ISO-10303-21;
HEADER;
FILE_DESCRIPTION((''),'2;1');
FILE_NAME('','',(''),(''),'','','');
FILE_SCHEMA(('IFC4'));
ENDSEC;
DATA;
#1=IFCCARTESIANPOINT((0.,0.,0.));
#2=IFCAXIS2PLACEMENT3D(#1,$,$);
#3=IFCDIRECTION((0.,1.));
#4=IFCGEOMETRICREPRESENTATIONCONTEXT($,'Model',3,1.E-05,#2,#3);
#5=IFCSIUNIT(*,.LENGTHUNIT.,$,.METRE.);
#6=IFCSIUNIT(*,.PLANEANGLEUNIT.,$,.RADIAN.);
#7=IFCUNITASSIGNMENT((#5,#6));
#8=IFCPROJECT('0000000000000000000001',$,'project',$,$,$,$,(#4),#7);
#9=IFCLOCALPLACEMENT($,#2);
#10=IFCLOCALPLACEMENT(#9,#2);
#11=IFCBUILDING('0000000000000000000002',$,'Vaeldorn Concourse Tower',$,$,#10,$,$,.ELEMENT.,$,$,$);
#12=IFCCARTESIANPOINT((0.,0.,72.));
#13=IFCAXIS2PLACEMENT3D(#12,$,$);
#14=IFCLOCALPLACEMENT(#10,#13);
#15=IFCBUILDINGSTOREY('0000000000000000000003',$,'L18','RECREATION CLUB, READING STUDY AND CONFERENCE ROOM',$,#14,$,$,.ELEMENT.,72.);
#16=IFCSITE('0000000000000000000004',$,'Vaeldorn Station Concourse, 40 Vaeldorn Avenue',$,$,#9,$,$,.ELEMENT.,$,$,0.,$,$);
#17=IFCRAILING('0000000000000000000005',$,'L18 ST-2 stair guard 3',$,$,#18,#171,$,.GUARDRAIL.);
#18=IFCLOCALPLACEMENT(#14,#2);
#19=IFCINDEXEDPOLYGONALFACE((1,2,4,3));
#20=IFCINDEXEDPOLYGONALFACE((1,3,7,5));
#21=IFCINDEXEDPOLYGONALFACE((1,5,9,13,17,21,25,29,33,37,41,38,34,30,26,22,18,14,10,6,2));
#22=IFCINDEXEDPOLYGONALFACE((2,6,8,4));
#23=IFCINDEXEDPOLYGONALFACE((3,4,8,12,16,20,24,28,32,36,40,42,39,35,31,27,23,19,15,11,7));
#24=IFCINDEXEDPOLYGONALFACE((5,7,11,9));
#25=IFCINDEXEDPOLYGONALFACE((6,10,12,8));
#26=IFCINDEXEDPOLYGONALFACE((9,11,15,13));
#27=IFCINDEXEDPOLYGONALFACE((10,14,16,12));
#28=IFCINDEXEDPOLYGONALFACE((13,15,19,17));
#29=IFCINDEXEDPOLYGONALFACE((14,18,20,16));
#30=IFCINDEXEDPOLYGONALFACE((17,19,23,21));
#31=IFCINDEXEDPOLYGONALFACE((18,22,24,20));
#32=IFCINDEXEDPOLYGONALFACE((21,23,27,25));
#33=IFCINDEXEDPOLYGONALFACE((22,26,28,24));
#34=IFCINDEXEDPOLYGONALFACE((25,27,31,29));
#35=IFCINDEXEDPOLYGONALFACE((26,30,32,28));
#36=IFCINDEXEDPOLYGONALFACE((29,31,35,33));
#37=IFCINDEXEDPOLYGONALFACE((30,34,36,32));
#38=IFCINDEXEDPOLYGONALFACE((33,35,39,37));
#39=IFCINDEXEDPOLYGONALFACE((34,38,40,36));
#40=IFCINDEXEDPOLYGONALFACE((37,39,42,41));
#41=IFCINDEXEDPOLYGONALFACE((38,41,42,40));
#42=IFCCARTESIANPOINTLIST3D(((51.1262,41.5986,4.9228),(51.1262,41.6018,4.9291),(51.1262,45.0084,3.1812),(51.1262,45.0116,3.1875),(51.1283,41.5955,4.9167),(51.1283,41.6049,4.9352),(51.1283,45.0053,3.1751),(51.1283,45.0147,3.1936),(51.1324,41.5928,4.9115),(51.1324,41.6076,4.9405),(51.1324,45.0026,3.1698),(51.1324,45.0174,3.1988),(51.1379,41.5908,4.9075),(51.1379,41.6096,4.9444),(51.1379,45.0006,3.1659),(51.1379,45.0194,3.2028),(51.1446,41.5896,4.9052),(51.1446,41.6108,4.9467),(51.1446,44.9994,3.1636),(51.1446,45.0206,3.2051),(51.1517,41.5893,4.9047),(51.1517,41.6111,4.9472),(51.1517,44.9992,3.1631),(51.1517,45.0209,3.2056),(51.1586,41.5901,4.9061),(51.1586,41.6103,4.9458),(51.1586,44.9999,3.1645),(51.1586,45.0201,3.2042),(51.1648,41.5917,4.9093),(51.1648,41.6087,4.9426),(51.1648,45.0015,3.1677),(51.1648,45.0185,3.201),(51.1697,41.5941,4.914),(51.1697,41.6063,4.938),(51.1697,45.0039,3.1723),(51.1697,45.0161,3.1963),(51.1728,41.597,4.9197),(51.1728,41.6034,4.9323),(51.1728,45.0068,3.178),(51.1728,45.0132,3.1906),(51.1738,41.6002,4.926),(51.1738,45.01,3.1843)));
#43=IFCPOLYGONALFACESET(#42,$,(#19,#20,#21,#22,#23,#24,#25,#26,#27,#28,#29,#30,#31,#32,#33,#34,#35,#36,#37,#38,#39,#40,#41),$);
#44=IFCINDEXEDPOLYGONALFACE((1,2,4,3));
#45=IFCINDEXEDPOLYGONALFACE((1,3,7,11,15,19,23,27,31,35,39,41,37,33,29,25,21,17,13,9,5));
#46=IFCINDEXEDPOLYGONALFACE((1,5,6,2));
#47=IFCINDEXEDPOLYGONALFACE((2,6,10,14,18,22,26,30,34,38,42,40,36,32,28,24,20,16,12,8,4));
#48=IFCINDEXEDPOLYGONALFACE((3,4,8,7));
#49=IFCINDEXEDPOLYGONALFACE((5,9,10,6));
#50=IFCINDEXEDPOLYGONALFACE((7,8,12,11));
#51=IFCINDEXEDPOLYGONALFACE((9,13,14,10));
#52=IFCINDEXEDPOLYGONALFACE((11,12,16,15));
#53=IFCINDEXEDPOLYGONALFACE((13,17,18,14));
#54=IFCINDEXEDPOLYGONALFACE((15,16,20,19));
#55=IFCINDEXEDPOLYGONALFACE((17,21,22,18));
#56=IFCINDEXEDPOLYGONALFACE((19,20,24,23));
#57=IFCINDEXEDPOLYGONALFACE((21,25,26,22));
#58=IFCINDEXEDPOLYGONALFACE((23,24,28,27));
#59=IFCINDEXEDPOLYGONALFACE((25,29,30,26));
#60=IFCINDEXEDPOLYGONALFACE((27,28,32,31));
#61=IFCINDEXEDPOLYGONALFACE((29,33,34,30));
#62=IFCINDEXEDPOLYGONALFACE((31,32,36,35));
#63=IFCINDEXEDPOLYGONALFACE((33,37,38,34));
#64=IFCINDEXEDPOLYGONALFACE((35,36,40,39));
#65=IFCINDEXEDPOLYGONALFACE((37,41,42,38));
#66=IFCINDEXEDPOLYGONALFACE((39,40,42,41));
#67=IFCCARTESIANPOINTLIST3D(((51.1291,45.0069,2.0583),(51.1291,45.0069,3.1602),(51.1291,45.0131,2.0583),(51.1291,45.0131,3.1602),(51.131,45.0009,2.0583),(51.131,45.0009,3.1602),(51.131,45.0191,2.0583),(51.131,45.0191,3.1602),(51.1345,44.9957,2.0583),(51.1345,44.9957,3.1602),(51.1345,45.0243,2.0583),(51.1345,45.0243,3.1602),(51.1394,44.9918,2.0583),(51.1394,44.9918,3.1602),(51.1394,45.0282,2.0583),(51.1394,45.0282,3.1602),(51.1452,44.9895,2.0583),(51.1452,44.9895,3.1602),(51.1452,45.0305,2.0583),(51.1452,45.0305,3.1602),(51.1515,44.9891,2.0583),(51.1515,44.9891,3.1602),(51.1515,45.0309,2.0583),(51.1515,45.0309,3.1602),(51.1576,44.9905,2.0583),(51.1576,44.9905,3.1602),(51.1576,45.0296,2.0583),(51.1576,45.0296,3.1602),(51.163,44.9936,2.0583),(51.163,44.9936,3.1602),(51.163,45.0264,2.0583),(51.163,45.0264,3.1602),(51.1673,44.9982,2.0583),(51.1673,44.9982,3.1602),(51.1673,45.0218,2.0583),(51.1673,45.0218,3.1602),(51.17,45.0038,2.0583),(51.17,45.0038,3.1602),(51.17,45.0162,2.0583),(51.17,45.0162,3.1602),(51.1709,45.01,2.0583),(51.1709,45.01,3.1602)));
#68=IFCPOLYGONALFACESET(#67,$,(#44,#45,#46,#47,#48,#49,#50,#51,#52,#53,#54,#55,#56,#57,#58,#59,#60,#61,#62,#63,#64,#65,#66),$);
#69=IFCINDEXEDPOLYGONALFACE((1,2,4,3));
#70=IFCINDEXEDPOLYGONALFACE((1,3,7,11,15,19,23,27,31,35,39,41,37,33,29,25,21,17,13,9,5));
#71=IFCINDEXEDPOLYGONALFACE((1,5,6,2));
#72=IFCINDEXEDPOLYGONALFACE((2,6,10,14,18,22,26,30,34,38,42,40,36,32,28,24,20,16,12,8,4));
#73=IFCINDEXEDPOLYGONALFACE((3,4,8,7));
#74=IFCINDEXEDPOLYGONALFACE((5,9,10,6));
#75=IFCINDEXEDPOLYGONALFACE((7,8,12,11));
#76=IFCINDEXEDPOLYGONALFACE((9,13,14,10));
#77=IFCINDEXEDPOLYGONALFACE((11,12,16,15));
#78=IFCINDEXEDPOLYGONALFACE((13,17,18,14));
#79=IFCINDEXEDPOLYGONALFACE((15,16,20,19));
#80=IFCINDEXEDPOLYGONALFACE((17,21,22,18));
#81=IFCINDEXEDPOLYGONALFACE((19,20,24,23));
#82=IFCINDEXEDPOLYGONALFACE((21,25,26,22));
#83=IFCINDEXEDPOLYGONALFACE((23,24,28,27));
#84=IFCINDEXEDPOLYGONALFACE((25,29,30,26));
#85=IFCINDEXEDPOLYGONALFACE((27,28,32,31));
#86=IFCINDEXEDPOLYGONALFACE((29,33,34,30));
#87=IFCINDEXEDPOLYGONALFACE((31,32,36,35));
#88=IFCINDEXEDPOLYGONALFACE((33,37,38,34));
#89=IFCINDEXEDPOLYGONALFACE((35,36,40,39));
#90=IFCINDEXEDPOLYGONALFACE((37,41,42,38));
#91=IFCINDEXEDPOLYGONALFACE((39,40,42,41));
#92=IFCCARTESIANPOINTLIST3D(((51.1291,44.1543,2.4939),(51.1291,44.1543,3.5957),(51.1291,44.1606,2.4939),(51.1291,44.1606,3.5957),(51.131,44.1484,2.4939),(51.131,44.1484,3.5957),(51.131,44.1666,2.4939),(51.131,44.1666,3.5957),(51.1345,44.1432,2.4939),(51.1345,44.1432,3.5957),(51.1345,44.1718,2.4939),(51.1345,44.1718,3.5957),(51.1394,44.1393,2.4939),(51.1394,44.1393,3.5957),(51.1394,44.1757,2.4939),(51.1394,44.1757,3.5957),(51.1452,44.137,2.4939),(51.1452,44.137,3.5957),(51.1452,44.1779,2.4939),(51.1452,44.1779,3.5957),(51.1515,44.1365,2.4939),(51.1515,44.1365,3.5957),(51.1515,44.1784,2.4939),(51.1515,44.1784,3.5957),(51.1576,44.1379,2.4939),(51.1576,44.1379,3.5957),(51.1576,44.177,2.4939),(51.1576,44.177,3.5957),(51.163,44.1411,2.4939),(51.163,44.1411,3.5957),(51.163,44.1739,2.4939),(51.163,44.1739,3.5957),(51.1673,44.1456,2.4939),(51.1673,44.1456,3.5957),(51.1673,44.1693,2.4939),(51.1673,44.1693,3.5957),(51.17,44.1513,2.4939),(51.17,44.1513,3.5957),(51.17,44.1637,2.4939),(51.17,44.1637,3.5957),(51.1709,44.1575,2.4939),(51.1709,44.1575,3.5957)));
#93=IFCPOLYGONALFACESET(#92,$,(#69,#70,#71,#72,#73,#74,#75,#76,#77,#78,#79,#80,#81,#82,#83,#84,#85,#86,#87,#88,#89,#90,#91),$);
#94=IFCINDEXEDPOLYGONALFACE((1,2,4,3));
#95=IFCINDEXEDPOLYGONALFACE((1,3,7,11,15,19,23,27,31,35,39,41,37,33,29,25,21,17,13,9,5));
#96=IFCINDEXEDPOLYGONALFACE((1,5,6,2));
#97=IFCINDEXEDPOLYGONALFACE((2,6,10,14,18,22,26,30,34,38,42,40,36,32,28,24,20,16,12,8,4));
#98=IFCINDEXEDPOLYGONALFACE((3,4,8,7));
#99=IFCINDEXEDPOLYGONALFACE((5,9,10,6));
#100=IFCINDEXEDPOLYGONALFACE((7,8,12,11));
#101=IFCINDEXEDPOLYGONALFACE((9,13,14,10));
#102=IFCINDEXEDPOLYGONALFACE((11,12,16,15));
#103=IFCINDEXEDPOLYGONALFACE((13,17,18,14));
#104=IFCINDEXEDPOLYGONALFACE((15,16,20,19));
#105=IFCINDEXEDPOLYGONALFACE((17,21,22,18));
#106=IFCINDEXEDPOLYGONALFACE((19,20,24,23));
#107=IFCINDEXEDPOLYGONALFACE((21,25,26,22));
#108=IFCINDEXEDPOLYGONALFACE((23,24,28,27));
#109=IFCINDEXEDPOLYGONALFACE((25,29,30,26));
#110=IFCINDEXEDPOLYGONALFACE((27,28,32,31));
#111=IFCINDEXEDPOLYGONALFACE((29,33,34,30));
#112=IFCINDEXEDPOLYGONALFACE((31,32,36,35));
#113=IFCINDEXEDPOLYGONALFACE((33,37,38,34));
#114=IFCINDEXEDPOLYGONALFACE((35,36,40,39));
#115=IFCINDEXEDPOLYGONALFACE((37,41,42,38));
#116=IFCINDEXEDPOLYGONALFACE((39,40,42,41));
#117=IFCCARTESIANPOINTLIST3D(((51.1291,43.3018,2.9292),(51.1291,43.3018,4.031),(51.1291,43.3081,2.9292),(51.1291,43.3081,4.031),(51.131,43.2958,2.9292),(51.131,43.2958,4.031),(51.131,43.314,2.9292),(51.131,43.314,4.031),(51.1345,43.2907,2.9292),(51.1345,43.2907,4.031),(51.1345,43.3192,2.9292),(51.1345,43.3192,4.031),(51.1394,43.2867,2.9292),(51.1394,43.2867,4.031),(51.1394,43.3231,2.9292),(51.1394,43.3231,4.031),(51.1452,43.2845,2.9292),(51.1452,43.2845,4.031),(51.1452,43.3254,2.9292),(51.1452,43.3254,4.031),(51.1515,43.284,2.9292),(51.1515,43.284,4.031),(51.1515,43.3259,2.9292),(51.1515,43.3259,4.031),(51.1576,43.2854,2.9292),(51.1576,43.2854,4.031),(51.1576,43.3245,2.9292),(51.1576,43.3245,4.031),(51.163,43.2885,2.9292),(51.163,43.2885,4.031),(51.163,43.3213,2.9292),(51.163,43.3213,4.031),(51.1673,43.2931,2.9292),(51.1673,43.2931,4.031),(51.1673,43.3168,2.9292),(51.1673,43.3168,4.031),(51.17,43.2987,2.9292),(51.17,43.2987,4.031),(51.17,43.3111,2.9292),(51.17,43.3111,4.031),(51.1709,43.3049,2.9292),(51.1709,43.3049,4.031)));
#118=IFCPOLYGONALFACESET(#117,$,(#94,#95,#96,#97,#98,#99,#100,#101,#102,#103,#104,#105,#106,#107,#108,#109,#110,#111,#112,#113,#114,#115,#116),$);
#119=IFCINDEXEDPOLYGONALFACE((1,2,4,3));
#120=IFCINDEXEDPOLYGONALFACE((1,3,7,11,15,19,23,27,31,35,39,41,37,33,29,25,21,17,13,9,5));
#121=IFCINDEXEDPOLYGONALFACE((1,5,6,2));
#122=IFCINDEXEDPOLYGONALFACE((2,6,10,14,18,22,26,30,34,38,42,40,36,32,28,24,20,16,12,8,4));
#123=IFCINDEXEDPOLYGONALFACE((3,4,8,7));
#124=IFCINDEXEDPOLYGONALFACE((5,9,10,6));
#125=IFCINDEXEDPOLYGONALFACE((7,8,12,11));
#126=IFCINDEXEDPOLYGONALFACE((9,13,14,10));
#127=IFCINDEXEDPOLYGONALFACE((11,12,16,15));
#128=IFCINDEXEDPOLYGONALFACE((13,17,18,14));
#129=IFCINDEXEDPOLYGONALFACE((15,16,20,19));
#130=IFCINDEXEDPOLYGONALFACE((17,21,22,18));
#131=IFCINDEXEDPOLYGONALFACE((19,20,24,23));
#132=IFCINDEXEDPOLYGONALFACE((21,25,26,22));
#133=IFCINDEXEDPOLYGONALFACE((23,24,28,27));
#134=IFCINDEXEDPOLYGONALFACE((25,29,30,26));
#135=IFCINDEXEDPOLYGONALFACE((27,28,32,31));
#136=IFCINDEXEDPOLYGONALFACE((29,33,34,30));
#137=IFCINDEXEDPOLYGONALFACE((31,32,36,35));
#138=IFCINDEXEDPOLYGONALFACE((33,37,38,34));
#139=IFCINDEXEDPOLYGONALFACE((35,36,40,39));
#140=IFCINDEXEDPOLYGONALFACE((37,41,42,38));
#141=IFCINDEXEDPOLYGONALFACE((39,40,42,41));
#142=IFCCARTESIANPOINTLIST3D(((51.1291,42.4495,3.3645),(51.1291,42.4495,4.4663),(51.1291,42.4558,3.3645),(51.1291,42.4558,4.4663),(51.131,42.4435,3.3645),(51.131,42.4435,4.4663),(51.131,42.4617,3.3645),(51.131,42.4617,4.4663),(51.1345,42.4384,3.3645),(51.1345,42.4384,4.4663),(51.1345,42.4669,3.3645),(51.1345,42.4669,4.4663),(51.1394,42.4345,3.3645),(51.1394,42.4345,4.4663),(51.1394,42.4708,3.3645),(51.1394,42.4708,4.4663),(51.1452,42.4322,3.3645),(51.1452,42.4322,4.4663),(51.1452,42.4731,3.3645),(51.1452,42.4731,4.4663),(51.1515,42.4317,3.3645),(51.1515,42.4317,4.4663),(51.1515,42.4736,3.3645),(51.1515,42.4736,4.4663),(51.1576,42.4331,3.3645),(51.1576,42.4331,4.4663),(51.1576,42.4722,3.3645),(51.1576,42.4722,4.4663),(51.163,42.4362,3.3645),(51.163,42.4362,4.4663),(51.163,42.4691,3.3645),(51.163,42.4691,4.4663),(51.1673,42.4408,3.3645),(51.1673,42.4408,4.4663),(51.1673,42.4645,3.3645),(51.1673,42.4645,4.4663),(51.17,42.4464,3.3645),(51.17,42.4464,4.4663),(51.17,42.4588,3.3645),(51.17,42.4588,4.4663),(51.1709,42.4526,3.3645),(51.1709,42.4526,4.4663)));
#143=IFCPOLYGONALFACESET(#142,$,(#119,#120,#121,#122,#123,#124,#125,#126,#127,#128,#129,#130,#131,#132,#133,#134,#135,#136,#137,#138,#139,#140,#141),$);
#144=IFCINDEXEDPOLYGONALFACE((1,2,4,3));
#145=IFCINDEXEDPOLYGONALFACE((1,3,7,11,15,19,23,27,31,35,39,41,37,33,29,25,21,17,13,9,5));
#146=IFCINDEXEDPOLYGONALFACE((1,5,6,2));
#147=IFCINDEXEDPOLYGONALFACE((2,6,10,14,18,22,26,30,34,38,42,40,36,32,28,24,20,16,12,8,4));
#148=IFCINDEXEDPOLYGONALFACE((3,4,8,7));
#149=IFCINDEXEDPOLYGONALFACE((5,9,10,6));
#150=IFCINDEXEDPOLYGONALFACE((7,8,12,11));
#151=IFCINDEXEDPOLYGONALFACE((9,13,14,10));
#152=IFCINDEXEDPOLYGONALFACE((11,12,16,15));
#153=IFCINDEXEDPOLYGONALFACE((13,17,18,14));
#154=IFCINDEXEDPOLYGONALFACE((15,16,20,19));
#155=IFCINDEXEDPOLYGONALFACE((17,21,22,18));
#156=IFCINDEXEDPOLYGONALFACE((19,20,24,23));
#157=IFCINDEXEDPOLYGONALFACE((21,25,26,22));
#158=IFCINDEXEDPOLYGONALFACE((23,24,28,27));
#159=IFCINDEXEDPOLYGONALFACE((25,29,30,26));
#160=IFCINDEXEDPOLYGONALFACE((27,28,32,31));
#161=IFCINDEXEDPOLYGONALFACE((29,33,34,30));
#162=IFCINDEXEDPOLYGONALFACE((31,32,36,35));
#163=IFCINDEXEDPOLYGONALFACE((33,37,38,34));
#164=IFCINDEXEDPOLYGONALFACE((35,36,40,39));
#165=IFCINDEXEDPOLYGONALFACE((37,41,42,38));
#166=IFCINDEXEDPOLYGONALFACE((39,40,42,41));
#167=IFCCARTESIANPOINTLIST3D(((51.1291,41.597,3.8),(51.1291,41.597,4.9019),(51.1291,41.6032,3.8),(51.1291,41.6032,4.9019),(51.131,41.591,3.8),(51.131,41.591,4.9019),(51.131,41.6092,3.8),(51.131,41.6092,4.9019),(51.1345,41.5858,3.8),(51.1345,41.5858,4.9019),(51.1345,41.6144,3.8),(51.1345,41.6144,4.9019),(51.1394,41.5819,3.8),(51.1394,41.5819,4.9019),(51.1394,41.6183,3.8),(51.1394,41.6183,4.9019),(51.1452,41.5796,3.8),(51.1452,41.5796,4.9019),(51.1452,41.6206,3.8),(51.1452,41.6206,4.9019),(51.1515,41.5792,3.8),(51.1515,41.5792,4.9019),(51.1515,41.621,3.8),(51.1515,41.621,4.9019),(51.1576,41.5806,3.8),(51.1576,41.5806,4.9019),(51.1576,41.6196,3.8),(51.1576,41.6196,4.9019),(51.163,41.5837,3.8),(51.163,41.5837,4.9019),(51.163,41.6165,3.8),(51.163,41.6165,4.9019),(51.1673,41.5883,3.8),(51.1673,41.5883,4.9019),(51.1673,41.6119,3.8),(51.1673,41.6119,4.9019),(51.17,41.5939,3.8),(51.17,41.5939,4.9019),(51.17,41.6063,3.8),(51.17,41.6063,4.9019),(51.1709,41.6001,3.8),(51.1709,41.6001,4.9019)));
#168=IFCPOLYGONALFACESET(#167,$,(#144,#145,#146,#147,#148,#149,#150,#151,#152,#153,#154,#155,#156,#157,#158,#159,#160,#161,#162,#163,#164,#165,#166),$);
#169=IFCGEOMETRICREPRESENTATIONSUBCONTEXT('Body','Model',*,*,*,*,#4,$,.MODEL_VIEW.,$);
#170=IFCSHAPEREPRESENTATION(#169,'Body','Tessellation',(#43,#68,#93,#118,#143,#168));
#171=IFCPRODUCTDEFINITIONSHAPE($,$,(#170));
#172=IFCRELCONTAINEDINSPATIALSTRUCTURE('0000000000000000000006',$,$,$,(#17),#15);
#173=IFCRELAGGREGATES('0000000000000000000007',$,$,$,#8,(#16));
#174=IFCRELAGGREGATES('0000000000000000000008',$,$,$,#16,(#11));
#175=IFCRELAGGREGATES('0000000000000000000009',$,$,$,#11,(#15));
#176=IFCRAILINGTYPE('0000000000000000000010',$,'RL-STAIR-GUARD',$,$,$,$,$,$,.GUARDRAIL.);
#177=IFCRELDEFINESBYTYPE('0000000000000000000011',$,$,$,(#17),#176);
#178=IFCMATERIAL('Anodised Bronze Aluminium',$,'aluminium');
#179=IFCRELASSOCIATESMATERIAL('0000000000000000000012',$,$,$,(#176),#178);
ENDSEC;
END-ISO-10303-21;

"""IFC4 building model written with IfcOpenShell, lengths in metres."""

from ifc_helpers import new_model, si_unit, direction, frame, origin, origin_2d, place, context, subcontext, project, spatial, circle, extrude, material, type_object, element, save


model = new_model("IFC4")

# Units and contexts
model_context = context("Model", 3, precision=1e-05, world=origin(), true_north=direction((0.0, 1.0)))
body_context = subcontext(model_context, "Body", "Model", "MODEL_VIEW")
ifc_project = project(units=[si_unit("LENGTHUNIT", "METRE"), si_unit("PLANEANGLEUNIT", "RADIAN")], contexts=[model_context])

# Site, building, storey
site_placement = place(None, origin())
site = spatial("IfcSite", under=ifc_project, at=site_placement, Name="Vaeldorn Station Concourse, 40 Vaeldorn Avenue", CompositionType="ELEMENT", RefElevation=0.0)
building_placement = place(site_placement, origin())
building = spatial("IfcBuilding", under=site, at=building_placement, Name="Vaeldorn Concourse Tower", CompositionType="ELEMENT")
storey_placement = place(building_placement, frame((0.0, 0.0, 72.0)))
storey = spatial("IfcBuildingStorey", under=building, at=storey_placement, Name="L18", Description="RECREATION CLUB, READING STUDY AND CONFERENCE ROOM", CompositionType="ELEMENT", Elevation=72.0)

# Shared definitions
ifc_material_1 = material(Name="Anodised Bronze Aluminium", Category="aluminium")

# Railing
railing_type_1 = type_object("IfcRailingType", Name="RL-STAIR-GUARD", PredefinedType="GUARDRAIL", material=ifc_material_1)
railing_1_placement = place(storey_placement, frame((51.1499, 45.01, 2.0583)))
element("IfcRailing", 1, at=railing_1_placement, inside=storey, type_object=railing_type_1, Name="L18 ST-2 stair guard 3", PredefinedType="GUARDRAIL", context=body_context, shape_type="SweptSolid", body=[
    extrude(circle(Radius=0.0239, at=origin_2d()), frame((0.0, 0.0, 1.126), z_axis=(0.0, -0.890556, 0.454874), x_axis=(1.0, 0.0, 0.0)), (0.0, 0.0, 1.0), 3.8289),
    extrude(circle(Radius=0.021, at=origin_2d()), origin(), (0.0, 0.0, 1.0), 1.1018),
    extrude(circle(Radius=0.021, at=origin_2d()), frame((0.0, -0.8525, 0.4355)), (0.0, 0.0, 1.0), 1.1018),
    extrude(circle(Radius=0.021, at=origin_2d()), frame((0.0, -1.7051, 0.8708)), (0.0, 0.0, 1.0), 1.1018),
    extrude(circle(Radius=0.021, at=origin_2d()), frame((0.0, -2.5574, 1.3062)), (0.0, 0.0, 1.0), 1.1018),
    extrude(circle(Radius=0.021, at=origin_2d()), frame((0.0, -3.4099, 1.7417)), (0.0, 0.0, 1.0), 1.1018),
])

save(model, "model.ifc")
